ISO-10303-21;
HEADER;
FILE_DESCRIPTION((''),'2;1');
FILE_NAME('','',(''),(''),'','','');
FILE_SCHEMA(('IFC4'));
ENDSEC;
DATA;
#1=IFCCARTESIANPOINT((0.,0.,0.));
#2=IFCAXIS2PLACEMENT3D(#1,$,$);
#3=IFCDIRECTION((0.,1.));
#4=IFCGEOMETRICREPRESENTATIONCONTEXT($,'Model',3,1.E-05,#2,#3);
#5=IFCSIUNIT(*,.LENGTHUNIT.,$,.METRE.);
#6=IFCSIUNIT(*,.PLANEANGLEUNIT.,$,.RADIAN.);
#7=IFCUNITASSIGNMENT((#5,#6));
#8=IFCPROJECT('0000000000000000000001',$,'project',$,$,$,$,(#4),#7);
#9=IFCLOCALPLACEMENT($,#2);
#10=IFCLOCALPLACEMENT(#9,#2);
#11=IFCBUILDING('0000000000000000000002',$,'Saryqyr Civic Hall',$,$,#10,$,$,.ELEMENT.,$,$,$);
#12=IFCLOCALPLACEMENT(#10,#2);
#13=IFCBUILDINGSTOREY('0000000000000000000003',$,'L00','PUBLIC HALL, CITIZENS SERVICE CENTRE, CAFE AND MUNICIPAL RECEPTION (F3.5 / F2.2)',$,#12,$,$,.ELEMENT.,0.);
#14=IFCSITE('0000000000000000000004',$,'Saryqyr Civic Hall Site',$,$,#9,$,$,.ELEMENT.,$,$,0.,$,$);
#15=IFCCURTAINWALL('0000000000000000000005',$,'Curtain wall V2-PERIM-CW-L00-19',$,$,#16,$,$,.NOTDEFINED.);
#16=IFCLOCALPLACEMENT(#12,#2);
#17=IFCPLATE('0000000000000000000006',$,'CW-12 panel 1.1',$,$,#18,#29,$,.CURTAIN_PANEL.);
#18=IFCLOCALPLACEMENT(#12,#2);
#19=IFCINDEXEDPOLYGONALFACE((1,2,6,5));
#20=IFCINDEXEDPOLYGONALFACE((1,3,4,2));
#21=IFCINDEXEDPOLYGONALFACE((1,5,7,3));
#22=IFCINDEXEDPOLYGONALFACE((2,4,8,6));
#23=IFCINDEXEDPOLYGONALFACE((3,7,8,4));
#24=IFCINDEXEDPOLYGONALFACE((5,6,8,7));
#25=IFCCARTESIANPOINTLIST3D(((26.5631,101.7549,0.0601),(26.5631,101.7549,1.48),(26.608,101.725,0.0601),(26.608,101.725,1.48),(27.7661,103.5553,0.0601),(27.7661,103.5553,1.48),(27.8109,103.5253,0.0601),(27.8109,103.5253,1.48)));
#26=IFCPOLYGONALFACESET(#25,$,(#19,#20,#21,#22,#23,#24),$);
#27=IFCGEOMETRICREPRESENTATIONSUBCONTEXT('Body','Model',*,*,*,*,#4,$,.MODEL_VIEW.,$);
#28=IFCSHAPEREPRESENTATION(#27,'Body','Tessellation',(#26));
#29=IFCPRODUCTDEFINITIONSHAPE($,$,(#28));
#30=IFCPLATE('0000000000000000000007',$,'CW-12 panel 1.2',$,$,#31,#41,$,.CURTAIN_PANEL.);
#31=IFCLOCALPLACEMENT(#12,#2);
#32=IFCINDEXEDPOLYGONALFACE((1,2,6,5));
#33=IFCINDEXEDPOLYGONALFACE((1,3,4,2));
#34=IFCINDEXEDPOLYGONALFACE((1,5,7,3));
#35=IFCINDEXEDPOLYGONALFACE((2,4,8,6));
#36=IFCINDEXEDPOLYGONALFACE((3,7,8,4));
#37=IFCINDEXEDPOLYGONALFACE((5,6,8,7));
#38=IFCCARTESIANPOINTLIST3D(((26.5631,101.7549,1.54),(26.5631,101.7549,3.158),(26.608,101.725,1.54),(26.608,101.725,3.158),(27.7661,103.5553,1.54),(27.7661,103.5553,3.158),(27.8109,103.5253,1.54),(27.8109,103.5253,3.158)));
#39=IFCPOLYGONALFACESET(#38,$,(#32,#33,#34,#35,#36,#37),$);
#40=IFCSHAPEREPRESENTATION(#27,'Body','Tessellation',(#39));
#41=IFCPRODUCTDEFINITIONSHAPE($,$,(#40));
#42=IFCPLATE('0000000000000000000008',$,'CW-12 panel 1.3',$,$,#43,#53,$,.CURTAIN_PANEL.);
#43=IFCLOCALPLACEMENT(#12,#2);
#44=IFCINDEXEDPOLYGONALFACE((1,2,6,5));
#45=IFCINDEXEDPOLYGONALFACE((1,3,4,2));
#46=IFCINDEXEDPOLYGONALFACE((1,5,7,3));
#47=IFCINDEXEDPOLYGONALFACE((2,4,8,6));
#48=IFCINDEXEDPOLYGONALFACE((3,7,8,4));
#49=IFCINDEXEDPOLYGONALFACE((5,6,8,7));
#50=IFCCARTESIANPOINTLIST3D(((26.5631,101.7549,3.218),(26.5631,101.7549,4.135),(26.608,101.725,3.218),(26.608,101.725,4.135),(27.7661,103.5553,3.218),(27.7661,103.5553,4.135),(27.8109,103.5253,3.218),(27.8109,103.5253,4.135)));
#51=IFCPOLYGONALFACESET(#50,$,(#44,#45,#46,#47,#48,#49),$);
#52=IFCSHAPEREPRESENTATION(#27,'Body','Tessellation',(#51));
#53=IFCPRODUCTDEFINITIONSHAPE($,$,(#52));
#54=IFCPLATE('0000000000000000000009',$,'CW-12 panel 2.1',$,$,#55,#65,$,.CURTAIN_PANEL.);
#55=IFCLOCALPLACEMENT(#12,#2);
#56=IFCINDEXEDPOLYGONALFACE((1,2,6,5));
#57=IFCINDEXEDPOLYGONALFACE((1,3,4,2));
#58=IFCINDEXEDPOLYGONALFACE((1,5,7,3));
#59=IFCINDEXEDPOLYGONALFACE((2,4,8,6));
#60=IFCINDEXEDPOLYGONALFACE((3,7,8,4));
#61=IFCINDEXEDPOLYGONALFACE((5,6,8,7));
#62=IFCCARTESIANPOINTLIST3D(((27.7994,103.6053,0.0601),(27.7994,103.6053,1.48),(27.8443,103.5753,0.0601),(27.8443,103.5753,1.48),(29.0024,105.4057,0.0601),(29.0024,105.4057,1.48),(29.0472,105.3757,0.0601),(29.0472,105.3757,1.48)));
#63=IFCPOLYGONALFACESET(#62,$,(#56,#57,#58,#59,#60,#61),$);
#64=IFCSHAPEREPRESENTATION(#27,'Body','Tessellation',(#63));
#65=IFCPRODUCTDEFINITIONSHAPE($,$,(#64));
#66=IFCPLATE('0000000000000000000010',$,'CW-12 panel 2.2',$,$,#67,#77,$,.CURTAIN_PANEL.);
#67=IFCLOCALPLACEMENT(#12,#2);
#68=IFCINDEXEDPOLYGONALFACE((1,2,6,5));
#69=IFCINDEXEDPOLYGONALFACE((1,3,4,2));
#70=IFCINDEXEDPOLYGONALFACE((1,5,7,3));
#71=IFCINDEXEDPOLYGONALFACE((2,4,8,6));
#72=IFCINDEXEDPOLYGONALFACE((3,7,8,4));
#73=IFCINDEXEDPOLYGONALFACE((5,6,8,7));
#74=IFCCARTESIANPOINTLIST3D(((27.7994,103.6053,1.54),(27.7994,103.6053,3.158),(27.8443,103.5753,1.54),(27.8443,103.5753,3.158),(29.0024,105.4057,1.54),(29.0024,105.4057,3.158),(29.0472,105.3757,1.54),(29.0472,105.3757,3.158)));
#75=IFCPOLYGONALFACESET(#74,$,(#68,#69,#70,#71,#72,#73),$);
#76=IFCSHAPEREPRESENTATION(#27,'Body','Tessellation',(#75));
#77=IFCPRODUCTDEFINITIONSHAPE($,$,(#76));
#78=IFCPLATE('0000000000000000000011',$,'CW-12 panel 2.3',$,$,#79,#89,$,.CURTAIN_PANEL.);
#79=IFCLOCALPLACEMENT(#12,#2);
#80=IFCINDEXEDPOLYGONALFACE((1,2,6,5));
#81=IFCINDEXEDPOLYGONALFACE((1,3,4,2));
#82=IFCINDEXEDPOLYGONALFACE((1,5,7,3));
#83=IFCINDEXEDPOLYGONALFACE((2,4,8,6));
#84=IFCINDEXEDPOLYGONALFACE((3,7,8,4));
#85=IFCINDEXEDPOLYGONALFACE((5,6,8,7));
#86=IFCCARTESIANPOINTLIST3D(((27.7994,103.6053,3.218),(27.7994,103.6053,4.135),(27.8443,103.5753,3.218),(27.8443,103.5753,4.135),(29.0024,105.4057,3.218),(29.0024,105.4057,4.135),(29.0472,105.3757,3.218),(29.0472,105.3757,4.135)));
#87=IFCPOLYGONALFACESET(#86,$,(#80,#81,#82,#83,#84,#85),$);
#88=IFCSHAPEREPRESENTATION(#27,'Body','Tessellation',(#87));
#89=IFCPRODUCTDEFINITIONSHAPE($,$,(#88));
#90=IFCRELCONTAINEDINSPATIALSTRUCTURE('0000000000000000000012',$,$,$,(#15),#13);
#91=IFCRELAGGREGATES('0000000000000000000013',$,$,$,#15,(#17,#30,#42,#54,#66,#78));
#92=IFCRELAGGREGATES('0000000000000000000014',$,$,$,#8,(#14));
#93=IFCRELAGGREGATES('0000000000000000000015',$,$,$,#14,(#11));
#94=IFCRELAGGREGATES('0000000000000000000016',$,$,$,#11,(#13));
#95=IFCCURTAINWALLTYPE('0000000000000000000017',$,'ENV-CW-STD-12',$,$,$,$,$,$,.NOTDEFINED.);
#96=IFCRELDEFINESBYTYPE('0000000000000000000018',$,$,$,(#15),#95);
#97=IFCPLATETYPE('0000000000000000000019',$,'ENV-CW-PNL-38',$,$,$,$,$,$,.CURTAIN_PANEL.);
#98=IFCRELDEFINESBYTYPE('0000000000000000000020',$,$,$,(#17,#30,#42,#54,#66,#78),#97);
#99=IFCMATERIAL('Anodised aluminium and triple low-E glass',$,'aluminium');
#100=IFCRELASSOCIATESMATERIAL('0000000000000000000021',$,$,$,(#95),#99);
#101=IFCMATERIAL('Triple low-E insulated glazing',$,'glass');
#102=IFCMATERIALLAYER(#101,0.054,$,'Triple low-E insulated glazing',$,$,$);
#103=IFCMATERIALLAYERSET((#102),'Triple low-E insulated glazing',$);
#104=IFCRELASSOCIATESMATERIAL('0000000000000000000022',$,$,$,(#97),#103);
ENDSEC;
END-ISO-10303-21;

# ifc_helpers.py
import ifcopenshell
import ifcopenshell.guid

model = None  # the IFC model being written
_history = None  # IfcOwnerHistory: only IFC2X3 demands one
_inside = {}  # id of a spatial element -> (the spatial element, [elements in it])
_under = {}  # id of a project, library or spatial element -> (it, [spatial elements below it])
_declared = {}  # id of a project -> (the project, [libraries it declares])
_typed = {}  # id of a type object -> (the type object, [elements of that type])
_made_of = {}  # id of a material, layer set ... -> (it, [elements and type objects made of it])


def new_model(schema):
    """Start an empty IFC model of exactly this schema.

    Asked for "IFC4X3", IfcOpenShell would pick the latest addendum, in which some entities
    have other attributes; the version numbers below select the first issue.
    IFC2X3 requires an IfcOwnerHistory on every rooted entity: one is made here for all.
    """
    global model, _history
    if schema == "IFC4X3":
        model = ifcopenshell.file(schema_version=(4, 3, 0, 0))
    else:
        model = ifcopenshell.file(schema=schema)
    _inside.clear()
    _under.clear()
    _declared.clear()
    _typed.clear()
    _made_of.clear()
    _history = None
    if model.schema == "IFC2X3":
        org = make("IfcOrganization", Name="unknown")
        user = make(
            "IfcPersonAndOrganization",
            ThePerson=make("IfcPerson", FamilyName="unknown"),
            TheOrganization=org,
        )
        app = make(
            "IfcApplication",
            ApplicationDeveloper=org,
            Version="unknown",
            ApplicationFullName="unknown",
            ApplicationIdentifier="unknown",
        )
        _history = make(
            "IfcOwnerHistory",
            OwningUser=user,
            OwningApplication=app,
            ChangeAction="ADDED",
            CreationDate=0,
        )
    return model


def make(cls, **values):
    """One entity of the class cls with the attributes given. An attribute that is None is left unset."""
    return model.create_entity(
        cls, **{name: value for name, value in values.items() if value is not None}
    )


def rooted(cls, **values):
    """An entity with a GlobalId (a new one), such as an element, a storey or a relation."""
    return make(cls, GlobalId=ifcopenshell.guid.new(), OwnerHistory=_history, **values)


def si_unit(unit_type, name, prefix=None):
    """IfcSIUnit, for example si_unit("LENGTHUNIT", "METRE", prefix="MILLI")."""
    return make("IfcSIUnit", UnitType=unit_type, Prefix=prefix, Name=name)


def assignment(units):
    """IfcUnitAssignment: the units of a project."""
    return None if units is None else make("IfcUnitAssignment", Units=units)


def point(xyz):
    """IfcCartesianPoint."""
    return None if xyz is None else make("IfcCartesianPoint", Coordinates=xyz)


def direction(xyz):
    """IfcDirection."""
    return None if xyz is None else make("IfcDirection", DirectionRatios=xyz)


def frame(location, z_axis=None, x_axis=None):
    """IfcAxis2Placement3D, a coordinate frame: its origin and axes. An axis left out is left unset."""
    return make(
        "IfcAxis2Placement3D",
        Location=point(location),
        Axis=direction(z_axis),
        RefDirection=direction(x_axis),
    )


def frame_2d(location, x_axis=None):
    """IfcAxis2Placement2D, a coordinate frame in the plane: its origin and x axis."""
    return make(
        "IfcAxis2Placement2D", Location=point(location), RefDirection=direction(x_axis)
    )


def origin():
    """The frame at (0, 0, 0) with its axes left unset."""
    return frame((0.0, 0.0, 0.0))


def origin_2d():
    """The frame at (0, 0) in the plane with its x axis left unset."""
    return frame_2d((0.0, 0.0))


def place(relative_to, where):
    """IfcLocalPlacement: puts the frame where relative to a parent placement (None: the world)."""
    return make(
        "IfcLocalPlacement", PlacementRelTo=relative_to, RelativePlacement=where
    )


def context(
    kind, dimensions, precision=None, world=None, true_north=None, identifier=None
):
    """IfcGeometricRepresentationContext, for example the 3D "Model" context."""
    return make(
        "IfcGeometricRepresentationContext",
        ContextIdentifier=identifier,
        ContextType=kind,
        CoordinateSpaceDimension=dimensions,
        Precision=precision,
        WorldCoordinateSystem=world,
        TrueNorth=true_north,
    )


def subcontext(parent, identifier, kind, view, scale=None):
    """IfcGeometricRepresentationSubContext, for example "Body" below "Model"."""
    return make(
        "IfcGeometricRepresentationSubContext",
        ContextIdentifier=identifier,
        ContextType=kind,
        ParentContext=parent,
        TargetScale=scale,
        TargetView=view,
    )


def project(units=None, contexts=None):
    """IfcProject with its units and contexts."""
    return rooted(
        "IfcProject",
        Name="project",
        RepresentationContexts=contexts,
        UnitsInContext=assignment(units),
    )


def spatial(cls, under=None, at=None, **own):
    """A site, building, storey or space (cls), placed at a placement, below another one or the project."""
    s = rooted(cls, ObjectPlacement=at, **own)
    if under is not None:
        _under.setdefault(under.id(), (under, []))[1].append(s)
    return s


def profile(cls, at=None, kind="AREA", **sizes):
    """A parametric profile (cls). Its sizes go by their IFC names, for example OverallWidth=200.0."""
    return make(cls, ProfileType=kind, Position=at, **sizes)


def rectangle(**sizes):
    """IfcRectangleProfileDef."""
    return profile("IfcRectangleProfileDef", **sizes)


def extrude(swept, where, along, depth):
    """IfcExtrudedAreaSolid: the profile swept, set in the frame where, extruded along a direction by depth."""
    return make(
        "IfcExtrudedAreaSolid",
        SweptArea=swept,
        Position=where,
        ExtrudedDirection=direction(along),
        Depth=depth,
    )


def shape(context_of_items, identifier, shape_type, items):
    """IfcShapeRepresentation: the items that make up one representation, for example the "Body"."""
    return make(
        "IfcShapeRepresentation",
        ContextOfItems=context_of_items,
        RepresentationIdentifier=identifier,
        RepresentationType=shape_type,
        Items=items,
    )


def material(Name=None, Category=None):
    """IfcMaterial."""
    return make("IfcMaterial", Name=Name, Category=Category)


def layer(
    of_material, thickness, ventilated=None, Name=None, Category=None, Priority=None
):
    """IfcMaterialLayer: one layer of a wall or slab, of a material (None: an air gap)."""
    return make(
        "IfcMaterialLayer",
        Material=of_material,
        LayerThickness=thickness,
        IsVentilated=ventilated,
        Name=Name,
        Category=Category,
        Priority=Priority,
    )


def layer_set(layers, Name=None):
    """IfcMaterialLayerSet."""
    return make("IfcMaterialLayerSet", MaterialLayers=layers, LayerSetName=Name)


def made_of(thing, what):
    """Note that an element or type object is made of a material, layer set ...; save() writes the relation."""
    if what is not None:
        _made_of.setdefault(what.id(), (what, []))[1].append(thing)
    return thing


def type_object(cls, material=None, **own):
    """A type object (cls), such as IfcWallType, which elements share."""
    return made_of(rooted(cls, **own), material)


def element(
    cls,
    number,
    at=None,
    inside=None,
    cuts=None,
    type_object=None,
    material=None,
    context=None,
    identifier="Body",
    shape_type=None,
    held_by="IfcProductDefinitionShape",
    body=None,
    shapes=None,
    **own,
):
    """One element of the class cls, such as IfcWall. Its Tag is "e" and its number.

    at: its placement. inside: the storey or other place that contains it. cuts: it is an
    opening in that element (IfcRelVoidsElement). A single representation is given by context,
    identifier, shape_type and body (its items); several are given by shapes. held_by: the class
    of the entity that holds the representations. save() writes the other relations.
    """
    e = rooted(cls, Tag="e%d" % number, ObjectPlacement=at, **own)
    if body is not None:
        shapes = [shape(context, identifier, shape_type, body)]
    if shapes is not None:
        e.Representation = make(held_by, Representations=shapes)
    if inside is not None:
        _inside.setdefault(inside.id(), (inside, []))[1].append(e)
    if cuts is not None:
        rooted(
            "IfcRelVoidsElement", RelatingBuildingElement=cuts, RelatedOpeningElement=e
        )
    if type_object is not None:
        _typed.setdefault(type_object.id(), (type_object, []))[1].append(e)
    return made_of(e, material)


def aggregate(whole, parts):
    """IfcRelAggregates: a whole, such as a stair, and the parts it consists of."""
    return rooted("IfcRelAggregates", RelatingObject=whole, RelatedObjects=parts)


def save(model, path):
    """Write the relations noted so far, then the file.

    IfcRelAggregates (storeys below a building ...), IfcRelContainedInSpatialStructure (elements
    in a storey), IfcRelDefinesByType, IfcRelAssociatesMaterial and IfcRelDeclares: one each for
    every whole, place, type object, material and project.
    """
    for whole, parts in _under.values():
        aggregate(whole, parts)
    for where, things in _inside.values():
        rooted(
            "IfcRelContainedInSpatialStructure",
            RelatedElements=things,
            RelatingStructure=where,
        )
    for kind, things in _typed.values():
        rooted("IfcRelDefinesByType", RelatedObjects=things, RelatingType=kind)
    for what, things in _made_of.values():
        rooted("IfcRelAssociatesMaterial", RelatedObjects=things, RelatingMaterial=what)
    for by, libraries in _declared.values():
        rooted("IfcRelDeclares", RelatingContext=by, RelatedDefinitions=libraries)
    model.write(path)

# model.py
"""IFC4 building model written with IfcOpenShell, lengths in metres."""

from ifc_helpers import new_model, si_unit, direction, frame, origin, origin_2d, place, context, subcontext, project, spatial, rectangle, extrude, material, layer, layer_set, type_object, element, aggregate, save


model = new_model("IFC4")

# Units and contexts
model_context = context("Model", 3, precision=1e-05, world=origin(), true_north=direction((0.0, 1.0)))
body_context = subcontext(model_context, "Body", "Model", "MODEL_VIEW")
ifc_project = project(units=[si_unit("LENGTHUNIT", "METRE"), si_unit("PLANEANGLEUNIT", "RADIAN")], contexts=[model_context])

# Site, building, storey
site_placement = place(None, origin())
site = spatial("IfcSite", under=ifc_project, at=site_placement, Name="Saryqyr Civic Hall Site", CompositionType="ELEMENT", RefElevation=0.0)
building_placement = place(site_placement, origin())
building = spatial("IfcBuilding", under=site, at=building_placement, Name="Saryqyr Civic Hall", CompositionType="ELEMENT")
storey_placement = place(building_placement, origin())
storey = spatial("IfcBuildingStorey", under=building, at=storey_placement, Name="L00", Description="PUBLIC HALL, CITIZENS SERVICE CENTRE, CAFE AND MUNICIPAL RECEPTION (F3.5 / F2.2)", CompositionType="ELEMENT", Elevation=0.0)

# Shared definitions
ifc_material_1 = material(Name="Anodised aluminium and triple low-E glass", Category="aluminium")

# Curtain wall
curtain_wall_type_1 = type_object("IfcCurtainWallType", Name="ENV-CW-STD-12", PredefinedType="NOTDEFINED", material=ifc_material_1)
curtain_wall_1_placement = place(storey_placement, origin())
curtain_wall_1 = element("IfcCurtainWall", 1, at=curtain_wall_1_placement, inside=storey, type_object=curtain_wall_type_1, Name="Curtain wall V2-PERIM-CW-L00-19", PredefinedType="NOTDEFINED")

# Plates
ifc_material_2 = material(Name="Triple low-E insulated glazing", Category="glass")
ifc_layer = layer(ifc_material_2, 0.054, Name="Triple low-E insulated glazing")
ifc_layer_set = layer_set([ifc_layer], Name="Triple low-E insulated glazing")
plate_type = type_object("IfcPlateType", Name="ENV-CW-PNL-38", PredefinedType="CURTAIN_PANEL", material=ifc_layer_set)
plate_1_placement = place(storey_placement, frame((27.187, 102.6401, 0.0601), z_axis=(0.0, 0.0, 1.0), x_axis=(0.555559, 0.831477, 0.0)))
plate_1 = element("IfcPlate", 2, at=plate_1_placement, type_object=plate_type, Name="CW-12 panel 1.1", PredefinedType="CURTAIN_PANEL", context=body_context, shape_type="SweptSolid", body=[
    extrude(rectangle(XDim=2.1653, YDim=0.054, at=origin_2d()), origin(), (0.0, 0.0, 1.0), 1.4199),
])
plate_2_placement = place(storey_placement, frame((27.187, 102.6401, 1.54), z_axis=(0.0, 0.0, 1.0), x_axis=(0.555559, 0.831477, 0.0)))
plate_2 = element("IfcPlate", 3, at=plate_2_placement, type_object=plate_type, Name="CW-12 panel 1.2", PredefinedType="CURTAIN_PANEL", context=body_context, shape_type="SweptSolid", body=[
    extrude(rectangle(XDim=2.1653, YDim=0.054, at=origin_2d()), origin(), (0.0, 0.0, 1.0), 1.6179),
])
plate_3_placement = place(storey_placement, frame((27.187, 102.6401, 3.218), z_axis=(0.0, 0.0, 1.0), x_axis=(0.555559, 0.831477, 0.0)))
plate_3 = element("IfcPlate", 4, at=plate_3_placement, type_object=plate_type, Name="CW-12 panel 1.3", PredefinedType="CURTAIN_PANEL", context=body_context, shape_type="SweptSolid", body=[
    extrude(rectangle(XDim=2.1653, YDim=0.054, at=origin_2d()), origin(), (0.0, 0.0, 1.0), 0.917),
])
plate_4_placement = place(storey_placement, frame((28.4233, 104.4905, 0.0601), z_axis=(0.0, 0.0, 1.0), x_axis=(0.555559, 0.831477, 0.0)))
plate_4 = element("IfcPlate", 5, at=plate_4_placement, type_object=plate_type, Name="CW-12 panel 2.1", PredefinedType="CURTAIN_PANEL", context=body_context, shape_type="SweptSolid", body=[
    extrude(rectangle(XDim=2.1653, YDim=0.054, at=origin_2d()), origin(), (0.0, 0.0, 1.0), 1.4199),
])
plate_5_placement = place(storey_placement, frame((28.4233, 104.4905, 1.54), z_axis=(0.0, 0.0, 1.0), x_axis=(0.555559, 0.831477, 0.0)))
plate_5 = element("IfcPlate", 6, at=plate_5_placement, type_object=plate_type, Name="CW-12 panel 2.2", PredefinedType="CURTAIN_PANEL", context=body_context, shape_type="SweptSolid", body=[
    extrude(rectangle(XDim=2.1653, YDim=0.054, at=origin_2d()), origin(), (0.0, 0.0, 1.0), 1.6179),
])
plate_6_placement = place(storey_placement, frame((28.4233, 104.4905, 3.218), z_axis=(0.0, 0.0, 1.0), x_axis=(0.555559, 0.831477, 0.0)))
plate_6 = element("IfcPlate", 7, at=plate_6_placement, type_object=plate_type, Name="CW-12 panel 2.3", PredefinedType="CURTAIN_PANEL", context=body_context, shape_type="SweptSolid", body=[
    extrude(rectangle(XDim=2.1653, YDim=0.054, at=origin_2d()), origin(), (0.0, 0.0, 1.0), 0.917),
])
aggregate(curtain_wall_1, [plate_1, plate_2, plate_3, plate_4, plate_5, plate_6])

save(model, "model.ifc")
